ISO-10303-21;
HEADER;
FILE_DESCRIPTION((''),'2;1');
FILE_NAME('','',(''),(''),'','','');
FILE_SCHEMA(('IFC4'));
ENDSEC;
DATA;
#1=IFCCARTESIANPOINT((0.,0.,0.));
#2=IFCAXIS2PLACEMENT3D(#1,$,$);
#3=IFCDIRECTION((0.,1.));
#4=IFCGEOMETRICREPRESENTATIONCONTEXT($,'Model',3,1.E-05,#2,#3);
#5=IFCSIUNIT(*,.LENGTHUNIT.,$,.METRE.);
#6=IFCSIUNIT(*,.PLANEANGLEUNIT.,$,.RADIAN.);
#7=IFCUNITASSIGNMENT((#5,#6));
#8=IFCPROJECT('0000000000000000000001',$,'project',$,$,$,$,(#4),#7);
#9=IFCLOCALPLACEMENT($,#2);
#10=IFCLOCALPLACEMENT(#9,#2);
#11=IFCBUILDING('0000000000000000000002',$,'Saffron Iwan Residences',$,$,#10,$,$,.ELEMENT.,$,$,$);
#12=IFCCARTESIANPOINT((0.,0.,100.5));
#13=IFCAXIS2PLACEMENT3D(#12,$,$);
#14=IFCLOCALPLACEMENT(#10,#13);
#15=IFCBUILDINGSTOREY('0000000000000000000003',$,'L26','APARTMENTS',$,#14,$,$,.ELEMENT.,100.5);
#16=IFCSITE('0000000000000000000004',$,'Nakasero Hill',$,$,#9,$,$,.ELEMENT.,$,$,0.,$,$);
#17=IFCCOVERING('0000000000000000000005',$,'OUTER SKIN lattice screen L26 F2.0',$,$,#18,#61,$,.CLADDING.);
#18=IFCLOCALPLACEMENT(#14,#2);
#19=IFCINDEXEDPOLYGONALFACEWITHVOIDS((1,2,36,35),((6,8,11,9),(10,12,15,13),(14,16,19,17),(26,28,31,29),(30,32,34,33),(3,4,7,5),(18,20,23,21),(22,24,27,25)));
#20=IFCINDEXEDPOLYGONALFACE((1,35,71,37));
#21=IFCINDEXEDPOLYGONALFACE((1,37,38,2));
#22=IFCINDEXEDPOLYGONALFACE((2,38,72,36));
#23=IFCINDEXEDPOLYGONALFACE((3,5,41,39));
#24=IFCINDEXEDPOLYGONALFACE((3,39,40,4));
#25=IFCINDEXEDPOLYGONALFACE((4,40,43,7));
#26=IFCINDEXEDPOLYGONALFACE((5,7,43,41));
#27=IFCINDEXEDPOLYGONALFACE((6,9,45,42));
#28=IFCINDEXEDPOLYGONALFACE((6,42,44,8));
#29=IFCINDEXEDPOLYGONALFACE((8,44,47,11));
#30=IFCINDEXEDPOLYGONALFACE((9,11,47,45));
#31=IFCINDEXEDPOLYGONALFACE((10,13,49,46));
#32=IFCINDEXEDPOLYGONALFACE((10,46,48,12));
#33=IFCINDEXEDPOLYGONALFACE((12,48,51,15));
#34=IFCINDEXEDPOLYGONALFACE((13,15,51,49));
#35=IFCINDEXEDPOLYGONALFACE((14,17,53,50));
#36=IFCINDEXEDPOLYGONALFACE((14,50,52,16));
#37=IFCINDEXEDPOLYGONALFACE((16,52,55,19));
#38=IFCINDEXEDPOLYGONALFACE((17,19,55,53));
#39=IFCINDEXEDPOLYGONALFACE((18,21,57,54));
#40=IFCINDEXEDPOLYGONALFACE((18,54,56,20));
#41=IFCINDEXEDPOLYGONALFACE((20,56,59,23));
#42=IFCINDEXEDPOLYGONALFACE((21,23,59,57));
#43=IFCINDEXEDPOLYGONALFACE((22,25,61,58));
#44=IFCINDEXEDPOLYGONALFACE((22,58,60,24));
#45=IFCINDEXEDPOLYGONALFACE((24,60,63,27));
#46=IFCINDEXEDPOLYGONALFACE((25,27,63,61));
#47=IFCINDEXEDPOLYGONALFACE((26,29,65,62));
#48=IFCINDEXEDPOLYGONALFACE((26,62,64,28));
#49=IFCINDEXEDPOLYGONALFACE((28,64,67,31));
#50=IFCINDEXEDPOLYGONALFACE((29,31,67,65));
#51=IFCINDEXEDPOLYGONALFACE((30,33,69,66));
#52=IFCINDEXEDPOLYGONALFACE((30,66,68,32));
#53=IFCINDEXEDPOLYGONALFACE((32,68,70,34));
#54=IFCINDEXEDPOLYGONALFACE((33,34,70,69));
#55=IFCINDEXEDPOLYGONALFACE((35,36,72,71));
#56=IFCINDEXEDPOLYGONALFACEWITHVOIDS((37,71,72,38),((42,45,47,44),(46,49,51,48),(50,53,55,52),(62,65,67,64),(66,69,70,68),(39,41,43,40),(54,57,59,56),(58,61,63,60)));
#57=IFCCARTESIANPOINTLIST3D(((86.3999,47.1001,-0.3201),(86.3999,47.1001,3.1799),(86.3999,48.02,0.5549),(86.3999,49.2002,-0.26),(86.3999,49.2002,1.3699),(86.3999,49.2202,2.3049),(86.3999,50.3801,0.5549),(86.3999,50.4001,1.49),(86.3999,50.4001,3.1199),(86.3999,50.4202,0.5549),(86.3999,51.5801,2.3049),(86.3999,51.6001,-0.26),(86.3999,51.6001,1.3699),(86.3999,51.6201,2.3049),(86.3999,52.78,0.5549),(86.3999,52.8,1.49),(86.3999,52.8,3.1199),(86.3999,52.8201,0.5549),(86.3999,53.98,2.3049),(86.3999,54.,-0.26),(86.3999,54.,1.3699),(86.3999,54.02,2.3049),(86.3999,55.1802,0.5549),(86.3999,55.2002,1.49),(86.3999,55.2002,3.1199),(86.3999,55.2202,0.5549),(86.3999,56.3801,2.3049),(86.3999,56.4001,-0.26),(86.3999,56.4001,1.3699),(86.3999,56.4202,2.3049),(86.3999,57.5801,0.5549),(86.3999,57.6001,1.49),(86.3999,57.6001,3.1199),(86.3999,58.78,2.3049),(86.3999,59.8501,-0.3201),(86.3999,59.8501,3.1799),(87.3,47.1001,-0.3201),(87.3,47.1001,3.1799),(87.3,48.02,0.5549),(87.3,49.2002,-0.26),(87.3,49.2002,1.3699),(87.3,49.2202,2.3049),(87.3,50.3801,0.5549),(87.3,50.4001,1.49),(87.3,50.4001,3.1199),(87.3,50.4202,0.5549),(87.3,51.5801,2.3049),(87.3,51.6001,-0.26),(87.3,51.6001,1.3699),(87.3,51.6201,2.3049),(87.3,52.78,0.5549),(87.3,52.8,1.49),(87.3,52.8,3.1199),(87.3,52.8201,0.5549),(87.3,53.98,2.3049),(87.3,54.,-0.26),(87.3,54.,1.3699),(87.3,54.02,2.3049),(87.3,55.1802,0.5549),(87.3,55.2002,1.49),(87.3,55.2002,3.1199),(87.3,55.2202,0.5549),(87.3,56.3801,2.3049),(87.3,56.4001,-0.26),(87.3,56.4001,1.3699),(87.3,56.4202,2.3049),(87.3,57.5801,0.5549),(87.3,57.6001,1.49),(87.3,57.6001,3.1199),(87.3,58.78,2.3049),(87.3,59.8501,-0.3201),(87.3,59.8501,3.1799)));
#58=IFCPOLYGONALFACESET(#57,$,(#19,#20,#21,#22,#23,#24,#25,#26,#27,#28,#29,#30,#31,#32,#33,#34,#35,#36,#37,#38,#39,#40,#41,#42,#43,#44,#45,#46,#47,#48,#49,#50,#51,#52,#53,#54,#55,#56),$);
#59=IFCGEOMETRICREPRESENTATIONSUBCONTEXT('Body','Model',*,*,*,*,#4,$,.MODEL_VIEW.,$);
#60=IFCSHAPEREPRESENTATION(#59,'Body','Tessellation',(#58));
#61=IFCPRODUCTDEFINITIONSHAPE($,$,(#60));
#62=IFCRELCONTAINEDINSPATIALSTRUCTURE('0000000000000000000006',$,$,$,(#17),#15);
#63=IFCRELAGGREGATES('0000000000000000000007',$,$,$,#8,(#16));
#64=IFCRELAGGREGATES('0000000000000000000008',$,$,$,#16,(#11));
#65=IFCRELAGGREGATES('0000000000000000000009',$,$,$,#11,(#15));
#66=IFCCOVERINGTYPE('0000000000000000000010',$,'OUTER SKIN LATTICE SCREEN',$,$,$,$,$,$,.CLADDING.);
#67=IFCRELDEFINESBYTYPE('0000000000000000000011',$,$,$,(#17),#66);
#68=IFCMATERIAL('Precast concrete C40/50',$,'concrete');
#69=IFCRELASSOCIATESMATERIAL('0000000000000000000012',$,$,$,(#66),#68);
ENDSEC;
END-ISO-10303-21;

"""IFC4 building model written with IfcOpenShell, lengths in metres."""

from ifc_helpers import new_model, si_unit, direction, frame, origin, place, context, subcontext, project, spatial, polyline, outline, extrude, material, type_object, element, save


model = new_model("IFC4")

# Units and contexts
model_context = context("Model", 3, precision=1e-05, world=origin(), true_north=direction((0.0, 1.0)))
body_context = subcontext(model_context, "Body", "Model", "MODEL_VIEW")
ifc_project = project(units=[si_unit("LENGTHUNIT", "METRE"), si_unit("PLANEANGLEUNIT", "RADIAN")], contexts=[model_context])

# Site, building, storey
site_placement = place(None, origin())
site = spatial("IfcSite", under=ifc_project, at=site_placement, Name="Nakasero Hill", CompositionType="ELEMENT", RefElevation=0.0)
building_placement = place(site_placement, origin())
building = spatial("IfcBuilding", under=site, at=building_placement, Name="Saffron Iwan Residences", CompositionType="ELEMENT")
storey_placement = place(building_placement, frame((0.0, 0.0, 100.5)))
storey = spatial("IfcBuildingStorey", under=building, at=storey_placement, Name="L26", Description="APARTMENTS", CompositionType="ELEMENT", Elevation=100.5)

# Covering
ifc_material_1 = material(Name="Precast concrete C40/50", Category="concrete")
covering_type = type_object("IfcCoveringType", Name="OUTER SKIN LATTICE SCREEN", PredefinedType="CLADDING", material=ifc_material_1)
covering_placement = place(storey_placement, frame((86.3999, 47.1001, -0.3201), z_axis=(1.0, 0.0, 0.0), x_axis=(0.0, 1.0, 0.0)))
element("IfcCovering", 1, at=covering_placement, inside=storey, type_object=covering_type, Name="OUTER SKIN lattice screen L26 F2.0", PredefinedType="CLADDING", context=body_context, shape_type="SweptSolid", body=[
    extrude(outline(polyline([(0.0, 0.0), (12.75, 0.0), (12.75, 3.5), (0.0, 3.5), (0.0, 0.0)]), holes=[polyline([(0.9199, 0.875), (2.1001, 0.0601), (3.28, 0.875), (2.1001, 1.6899), (0.9199, 0.875)]), polyline([(3.3201, 0.875), (4.5, 0.0601), (5.6799, 0.875), (4.5, 1.6899), (3.3201, 0.875)]), polyline([(5.72, 0.875), (6.8999, 0.0601), (8.0801, 0.875), (6.8999, 1.6899), (5.72, 0.875)]), polyline([(8.1201, 0.875), (9.3, 0.0601), (10.48, 0.875), (9.3, 1.6899), (8.1201, 0.875)]), polyline([(2.1201, 2.625), (3.3, 1.8101), (4.48, 2.625), (3.3, 3.4399), (2.1201, 2.625)]), polyline([(4.52, 2.625), (5.7, 1.8101), (6.8799, 2.625), (5.7, 3.4399), (4.52, 2.625)]), polyline([(6.9199, 2.625), (8.1001, 1.8101), (9.28, 2.625), (8.1001, 3.4399), (6.9199, 2.625)]), polyline([(9.3201, 2.625), (10.5, 1.8101), (11.6799, 2.625), (10.5, 3.4399), (9.3201, 2.625)])]), origin(), (0.0, 0.0, 1.0), 0.9001),
])

save(model, "model.ifc")
